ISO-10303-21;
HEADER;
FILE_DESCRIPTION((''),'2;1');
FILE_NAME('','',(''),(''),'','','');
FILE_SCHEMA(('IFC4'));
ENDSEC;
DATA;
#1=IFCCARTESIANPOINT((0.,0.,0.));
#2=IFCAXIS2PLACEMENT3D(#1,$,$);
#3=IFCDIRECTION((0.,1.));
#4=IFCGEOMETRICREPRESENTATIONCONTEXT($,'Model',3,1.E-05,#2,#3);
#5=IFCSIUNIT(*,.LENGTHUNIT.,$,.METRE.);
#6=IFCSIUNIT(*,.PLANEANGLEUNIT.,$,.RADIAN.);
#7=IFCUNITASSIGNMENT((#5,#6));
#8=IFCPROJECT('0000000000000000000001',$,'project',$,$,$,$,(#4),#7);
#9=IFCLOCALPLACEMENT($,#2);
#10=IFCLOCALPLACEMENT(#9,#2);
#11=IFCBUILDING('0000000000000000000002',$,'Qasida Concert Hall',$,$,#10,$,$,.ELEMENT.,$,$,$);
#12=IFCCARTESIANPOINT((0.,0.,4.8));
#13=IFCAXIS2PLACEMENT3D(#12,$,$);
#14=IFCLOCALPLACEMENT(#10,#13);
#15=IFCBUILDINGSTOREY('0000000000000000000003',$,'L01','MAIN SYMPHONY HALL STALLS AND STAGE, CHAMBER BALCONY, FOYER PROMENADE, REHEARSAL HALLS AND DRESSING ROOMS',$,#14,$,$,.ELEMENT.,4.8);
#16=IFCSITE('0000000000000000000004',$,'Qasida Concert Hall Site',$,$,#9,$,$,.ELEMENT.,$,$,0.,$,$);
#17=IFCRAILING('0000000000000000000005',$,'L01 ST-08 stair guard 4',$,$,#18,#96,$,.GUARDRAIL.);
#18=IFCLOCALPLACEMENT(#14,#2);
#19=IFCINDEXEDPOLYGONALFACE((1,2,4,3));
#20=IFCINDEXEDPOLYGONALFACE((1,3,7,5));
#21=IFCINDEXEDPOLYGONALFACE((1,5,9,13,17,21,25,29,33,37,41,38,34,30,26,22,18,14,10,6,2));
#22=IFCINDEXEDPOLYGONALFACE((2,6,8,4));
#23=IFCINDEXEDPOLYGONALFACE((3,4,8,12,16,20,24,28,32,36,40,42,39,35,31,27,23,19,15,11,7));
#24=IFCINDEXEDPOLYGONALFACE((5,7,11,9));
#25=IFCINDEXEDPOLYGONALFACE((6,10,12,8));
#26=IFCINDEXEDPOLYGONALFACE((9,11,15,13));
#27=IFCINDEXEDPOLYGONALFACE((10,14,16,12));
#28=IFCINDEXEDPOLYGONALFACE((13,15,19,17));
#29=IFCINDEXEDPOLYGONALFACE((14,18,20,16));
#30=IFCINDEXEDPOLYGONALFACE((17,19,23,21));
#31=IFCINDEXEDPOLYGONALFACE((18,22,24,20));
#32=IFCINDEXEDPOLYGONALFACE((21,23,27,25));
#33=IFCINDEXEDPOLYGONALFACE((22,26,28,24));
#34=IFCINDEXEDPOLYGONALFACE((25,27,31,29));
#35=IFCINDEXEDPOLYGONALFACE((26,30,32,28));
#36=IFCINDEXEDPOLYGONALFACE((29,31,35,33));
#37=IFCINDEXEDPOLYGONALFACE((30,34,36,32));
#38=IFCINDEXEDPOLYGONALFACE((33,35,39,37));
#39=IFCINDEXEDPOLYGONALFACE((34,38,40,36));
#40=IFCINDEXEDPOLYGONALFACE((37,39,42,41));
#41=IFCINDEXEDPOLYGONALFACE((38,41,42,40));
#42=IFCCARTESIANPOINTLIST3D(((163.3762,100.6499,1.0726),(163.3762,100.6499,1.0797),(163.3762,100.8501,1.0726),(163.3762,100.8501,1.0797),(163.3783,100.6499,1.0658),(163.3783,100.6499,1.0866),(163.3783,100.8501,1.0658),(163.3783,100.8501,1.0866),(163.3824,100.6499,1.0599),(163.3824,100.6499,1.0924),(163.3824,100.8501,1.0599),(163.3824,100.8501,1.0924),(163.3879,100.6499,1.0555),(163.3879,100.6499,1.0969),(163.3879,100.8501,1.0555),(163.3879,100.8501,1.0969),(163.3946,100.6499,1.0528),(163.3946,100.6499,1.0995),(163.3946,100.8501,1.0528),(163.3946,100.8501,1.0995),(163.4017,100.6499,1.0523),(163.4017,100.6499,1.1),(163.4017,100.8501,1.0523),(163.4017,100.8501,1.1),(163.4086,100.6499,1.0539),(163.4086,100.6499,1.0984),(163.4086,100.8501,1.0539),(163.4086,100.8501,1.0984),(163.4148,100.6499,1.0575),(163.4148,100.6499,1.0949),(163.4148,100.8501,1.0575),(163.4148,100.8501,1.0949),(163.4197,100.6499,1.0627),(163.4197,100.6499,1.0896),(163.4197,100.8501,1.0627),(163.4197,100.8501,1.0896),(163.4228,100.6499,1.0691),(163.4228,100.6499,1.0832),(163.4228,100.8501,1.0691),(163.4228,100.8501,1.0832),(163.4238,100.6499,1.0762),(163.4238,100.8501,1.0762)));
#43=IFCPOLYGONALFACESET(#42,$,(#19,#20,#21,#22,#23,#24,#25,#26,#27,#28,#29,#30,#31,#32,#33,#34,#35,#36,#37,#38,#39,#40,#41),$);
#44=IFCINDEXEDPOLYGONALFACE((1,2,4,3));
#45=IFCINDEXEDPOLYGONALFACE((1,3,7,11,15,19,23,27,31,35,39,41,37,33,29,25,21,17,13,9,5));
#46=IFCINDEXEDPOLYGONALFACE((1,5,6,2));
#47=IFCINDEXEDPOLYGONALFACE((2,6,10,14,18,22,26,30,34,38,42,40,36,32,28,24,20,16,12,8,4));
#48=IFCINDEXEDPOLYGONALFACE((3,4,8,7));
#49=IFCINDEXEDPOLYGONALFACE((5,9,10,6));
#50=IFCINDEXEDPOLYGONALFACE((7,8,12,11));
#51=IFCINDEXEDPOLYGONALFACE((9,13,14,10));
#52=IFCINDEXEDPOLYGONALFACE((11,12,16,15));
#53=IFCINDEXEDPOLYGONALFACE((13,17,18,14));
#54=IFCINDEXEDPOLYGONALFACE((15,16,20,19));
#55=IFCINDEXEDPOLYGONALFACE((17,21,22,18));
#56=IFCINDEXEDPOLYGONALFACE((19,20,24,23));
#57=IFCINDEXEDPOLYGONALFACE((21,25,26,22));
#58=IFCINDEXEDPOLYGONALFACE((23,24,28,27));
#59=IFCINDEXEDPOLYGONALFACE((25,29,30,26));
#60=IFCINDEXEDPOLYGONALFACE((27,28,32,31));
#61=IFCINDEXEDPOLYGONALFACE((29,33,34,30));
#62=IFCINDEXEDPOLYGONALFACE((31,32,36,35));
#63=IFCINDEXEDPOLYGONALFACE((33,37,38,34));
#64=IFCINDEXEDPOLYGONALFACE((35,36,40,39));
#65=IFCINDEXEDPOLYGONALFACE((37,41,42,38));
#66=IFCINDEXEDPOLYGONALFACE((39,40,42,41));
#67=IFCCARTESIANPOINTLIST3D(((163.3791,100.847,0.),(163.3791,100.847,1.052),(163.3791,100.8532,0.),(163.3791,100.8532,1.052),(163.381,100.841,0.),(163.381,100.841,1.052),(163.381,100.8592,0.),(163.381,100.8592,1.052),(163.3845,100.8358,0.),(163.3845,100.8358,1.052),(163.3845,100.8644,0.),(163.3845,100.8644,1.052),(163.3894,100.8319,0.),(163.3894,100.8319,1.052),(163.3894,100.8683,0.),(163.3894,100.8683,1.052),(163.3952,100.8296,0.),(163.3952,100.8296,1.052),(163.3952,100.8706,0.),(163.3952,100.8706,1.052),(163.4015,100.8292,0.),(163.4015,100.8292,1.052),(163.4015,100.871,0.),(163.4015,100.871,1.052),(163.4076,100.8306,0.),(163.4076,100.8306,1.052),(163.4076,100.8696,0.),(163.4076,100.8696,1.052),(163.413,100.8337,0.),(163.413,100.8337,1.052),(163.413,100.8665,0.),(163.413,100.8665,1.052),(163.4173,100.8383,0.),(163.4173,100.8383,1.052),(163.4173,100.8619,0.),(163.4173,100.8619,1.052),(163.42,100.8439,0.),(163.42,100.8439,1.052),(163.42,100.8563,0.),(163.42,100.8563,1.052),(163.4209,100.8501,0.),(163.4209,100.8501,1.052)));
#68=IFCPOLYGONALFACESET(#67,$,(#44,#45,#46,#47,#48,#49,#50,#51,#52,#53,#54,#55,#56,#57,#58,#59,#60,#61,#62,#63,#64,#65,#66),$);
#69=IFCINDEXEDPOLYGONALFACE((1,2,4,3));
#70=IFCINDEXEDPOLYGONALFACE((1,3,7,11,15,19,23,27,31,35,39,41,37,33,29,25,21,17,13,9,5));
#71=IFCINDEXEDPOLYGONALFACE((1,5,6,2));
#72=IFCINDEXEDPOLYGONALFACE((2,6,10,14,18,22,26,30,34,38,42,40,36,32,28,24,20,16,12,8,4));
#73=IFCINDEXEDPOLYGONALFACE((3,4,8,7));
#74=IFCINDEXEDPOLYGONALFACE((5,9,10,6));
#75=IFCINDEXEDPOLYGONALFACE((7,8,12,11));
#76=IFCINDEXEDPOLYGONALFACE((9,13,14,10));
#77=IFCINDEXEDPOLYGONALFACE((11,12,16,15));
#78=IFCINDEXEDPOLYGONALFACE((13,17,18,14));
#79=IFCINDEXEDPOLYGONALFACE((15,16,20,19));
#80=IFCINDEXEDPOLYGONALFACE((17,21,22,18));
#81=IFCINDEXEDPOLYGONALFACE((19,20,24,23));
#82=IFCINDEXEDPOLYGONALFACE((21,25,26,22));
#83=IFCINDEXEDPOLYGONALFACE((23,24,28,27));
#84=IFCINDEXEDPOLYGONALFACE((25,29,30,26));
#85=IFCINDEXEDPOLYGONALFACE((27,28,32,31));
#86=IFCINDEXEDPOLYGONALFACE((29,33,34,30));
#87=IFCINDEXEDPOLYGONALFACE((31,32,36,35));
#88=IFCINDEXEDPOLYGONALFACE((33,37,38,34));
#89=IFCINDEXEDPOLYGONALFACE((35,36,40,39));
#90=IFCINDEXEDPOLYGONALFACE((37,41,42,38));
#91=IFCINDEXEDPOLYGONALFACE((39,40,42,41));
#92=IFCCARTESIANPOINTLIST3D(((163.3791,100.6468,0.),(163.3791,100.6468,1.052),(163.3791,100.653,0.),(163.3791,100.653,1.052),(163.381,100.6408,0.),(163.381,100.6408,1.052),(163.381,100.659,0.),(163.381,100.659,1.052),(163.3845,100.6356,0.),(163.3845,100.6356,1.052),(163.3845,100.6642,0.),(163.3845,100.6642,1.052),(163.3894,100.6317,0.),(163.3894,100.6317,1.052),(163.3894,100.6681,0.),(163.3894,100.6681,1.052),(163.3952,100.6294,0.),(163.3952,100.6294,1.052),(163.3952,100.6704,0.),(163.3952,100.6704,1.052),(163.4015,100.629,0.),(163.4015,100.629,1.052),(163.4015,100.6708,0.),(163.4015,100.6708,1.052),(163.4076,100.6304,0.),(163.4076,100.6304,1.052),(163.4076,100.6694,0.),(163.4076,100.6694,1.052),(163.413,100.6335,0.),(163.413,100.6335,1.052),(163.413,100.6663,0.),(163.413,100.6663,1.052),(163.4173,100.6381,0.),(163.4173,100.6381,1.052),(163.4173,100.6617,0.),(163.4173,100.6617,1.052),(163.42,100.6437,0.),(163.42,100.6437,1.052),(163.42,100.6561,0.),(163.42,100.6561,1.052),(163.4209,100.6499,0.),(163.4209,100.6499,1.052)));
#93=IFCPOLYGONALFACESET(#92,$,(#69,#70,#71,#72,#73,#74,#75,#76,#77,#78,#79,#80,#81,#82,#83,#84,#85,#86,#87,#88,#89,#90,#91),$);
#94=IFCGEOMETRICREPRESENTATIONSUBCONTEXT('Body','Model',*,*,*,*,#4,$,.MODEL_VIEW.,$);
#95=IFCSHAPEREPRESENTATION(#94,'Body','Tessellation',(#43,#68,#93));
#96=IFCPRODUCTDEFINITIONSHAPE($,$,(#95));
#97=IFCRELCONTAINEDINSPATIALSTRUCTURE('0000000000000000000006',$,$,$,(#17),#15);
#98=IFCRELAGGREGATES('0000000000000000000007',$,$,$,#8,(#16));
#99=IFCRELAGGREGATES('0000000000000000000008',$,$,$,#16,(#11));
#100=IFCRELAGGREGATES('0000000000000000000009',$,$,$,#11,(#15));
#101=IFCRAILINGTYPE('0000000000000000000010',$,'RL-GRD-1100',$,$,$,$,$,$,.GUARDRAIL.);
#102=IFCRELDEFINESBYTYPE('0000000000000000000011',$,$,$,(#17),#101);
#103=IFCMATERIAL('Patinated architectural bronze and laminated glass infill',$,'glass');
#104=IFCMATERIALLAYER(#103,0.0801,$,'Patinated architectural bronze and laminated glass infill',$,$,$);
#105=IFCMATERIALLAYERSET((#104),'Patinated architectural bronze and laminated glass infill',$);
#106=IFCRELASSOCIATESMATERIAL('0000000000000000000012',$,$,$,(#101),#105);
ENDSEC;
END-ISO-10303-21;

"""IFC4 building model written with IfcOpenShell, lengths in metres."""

from ifc_helpers import new_model, si_unit, direction, frame, origin, origin_2d, place, context, subcontext, project, spatial, circle, extrude, material, layer, layer_set, type_object, element, save


model = new_model("IFC4")

# Units and contexts
model_context = context("Model", 3, precision=1e-05, world=origin(), true_north=direction((0.0, 1.0)))
body_context = subcontext(model_context, "Body", "Model", "MODEL_VIEW")
ifc_project = project(units=[si_unit("LENGTHUNIT", "METRE"), si_unit("PLANEANGLEUNIT", "RADIAN")], contexts=[model_context])

# Site, building, storey
site_placement = place(None, origin())
site = spatial("IfcSite", under=ifc_project, at=site_placement, Name="Qasida Concert Hall Site", CompositionType="ELEMENT", RefElevation=0.0)
building_placement = place(site_placement, origin())
building = spatial("IfcBuilding", under=site, at=building_placement, Name="Qasida Concert Hall", CompositionType="ELEMENT")
storey_placement = place(building_placement, frame((0.0, 0.0, 4.8)))
storey = spatial("IfcBuildingStorey", under=building, at=storey_placement, Name="L01", Description="MAIN SYMPHONY HALL STALLS AND STAGE, CHAMBER BALCONY, FOYER PROMENADE, REHEARSAL HALLS AND DRESSING ROOMS", CompositionType="ELEMENT", Elevation=4.8)

# Railing
ifc_material_1 = material(Name="Patinated architectural bronze and laminated glass infill", Category="glass")
ifc_layer_1 = layer(ifc_material_1, 0.0801, Name="Patinated architectural bronze and laminated glass infill")
ifc_layer_set_1 = layer_set([ifc_layer_1], Name="Patinated architectural bronze and laminated glass infill")
railing_type_1 = type_object("IfcRailingType", Name="RL-GRD-1100", PredefinedType="GUARDRAIL", material=ifc_layer_set_1)
railing_1_placement = place(storey_placement, frame((163.3999, 100.8501, 0.0)))
element("IfcRailing", 1, at=railing_1_placement, inside=storey, type_object=railing_type_1, Name="L01 ST-08 stair guard 4", PredefinedType="GUARDRAIL", context=body_context, shape_type="SweptSolid", body=[
    extrude(circle(Radius=0.0239, at=origin_2d()), frame((0.0, 0.0, 1.0762), z_axis=(0.0, -1.0, 0.0), x_axis=(1.0, 0.0, 0.0)), (0.0, 0.0, 1.0), 0.2002),
    extrude(circle(Radius=0.021, at=origin_2d()), origin(), (0.0, 0.0, 1.0), 1.052),
    extrude(circle(Radius=0.021, at=origin_2d()), frame((0.0, -0.2002, 0.0)), (0.0, 0.0, 1.0), 1.052),
])

save(model, "model.ifc")
